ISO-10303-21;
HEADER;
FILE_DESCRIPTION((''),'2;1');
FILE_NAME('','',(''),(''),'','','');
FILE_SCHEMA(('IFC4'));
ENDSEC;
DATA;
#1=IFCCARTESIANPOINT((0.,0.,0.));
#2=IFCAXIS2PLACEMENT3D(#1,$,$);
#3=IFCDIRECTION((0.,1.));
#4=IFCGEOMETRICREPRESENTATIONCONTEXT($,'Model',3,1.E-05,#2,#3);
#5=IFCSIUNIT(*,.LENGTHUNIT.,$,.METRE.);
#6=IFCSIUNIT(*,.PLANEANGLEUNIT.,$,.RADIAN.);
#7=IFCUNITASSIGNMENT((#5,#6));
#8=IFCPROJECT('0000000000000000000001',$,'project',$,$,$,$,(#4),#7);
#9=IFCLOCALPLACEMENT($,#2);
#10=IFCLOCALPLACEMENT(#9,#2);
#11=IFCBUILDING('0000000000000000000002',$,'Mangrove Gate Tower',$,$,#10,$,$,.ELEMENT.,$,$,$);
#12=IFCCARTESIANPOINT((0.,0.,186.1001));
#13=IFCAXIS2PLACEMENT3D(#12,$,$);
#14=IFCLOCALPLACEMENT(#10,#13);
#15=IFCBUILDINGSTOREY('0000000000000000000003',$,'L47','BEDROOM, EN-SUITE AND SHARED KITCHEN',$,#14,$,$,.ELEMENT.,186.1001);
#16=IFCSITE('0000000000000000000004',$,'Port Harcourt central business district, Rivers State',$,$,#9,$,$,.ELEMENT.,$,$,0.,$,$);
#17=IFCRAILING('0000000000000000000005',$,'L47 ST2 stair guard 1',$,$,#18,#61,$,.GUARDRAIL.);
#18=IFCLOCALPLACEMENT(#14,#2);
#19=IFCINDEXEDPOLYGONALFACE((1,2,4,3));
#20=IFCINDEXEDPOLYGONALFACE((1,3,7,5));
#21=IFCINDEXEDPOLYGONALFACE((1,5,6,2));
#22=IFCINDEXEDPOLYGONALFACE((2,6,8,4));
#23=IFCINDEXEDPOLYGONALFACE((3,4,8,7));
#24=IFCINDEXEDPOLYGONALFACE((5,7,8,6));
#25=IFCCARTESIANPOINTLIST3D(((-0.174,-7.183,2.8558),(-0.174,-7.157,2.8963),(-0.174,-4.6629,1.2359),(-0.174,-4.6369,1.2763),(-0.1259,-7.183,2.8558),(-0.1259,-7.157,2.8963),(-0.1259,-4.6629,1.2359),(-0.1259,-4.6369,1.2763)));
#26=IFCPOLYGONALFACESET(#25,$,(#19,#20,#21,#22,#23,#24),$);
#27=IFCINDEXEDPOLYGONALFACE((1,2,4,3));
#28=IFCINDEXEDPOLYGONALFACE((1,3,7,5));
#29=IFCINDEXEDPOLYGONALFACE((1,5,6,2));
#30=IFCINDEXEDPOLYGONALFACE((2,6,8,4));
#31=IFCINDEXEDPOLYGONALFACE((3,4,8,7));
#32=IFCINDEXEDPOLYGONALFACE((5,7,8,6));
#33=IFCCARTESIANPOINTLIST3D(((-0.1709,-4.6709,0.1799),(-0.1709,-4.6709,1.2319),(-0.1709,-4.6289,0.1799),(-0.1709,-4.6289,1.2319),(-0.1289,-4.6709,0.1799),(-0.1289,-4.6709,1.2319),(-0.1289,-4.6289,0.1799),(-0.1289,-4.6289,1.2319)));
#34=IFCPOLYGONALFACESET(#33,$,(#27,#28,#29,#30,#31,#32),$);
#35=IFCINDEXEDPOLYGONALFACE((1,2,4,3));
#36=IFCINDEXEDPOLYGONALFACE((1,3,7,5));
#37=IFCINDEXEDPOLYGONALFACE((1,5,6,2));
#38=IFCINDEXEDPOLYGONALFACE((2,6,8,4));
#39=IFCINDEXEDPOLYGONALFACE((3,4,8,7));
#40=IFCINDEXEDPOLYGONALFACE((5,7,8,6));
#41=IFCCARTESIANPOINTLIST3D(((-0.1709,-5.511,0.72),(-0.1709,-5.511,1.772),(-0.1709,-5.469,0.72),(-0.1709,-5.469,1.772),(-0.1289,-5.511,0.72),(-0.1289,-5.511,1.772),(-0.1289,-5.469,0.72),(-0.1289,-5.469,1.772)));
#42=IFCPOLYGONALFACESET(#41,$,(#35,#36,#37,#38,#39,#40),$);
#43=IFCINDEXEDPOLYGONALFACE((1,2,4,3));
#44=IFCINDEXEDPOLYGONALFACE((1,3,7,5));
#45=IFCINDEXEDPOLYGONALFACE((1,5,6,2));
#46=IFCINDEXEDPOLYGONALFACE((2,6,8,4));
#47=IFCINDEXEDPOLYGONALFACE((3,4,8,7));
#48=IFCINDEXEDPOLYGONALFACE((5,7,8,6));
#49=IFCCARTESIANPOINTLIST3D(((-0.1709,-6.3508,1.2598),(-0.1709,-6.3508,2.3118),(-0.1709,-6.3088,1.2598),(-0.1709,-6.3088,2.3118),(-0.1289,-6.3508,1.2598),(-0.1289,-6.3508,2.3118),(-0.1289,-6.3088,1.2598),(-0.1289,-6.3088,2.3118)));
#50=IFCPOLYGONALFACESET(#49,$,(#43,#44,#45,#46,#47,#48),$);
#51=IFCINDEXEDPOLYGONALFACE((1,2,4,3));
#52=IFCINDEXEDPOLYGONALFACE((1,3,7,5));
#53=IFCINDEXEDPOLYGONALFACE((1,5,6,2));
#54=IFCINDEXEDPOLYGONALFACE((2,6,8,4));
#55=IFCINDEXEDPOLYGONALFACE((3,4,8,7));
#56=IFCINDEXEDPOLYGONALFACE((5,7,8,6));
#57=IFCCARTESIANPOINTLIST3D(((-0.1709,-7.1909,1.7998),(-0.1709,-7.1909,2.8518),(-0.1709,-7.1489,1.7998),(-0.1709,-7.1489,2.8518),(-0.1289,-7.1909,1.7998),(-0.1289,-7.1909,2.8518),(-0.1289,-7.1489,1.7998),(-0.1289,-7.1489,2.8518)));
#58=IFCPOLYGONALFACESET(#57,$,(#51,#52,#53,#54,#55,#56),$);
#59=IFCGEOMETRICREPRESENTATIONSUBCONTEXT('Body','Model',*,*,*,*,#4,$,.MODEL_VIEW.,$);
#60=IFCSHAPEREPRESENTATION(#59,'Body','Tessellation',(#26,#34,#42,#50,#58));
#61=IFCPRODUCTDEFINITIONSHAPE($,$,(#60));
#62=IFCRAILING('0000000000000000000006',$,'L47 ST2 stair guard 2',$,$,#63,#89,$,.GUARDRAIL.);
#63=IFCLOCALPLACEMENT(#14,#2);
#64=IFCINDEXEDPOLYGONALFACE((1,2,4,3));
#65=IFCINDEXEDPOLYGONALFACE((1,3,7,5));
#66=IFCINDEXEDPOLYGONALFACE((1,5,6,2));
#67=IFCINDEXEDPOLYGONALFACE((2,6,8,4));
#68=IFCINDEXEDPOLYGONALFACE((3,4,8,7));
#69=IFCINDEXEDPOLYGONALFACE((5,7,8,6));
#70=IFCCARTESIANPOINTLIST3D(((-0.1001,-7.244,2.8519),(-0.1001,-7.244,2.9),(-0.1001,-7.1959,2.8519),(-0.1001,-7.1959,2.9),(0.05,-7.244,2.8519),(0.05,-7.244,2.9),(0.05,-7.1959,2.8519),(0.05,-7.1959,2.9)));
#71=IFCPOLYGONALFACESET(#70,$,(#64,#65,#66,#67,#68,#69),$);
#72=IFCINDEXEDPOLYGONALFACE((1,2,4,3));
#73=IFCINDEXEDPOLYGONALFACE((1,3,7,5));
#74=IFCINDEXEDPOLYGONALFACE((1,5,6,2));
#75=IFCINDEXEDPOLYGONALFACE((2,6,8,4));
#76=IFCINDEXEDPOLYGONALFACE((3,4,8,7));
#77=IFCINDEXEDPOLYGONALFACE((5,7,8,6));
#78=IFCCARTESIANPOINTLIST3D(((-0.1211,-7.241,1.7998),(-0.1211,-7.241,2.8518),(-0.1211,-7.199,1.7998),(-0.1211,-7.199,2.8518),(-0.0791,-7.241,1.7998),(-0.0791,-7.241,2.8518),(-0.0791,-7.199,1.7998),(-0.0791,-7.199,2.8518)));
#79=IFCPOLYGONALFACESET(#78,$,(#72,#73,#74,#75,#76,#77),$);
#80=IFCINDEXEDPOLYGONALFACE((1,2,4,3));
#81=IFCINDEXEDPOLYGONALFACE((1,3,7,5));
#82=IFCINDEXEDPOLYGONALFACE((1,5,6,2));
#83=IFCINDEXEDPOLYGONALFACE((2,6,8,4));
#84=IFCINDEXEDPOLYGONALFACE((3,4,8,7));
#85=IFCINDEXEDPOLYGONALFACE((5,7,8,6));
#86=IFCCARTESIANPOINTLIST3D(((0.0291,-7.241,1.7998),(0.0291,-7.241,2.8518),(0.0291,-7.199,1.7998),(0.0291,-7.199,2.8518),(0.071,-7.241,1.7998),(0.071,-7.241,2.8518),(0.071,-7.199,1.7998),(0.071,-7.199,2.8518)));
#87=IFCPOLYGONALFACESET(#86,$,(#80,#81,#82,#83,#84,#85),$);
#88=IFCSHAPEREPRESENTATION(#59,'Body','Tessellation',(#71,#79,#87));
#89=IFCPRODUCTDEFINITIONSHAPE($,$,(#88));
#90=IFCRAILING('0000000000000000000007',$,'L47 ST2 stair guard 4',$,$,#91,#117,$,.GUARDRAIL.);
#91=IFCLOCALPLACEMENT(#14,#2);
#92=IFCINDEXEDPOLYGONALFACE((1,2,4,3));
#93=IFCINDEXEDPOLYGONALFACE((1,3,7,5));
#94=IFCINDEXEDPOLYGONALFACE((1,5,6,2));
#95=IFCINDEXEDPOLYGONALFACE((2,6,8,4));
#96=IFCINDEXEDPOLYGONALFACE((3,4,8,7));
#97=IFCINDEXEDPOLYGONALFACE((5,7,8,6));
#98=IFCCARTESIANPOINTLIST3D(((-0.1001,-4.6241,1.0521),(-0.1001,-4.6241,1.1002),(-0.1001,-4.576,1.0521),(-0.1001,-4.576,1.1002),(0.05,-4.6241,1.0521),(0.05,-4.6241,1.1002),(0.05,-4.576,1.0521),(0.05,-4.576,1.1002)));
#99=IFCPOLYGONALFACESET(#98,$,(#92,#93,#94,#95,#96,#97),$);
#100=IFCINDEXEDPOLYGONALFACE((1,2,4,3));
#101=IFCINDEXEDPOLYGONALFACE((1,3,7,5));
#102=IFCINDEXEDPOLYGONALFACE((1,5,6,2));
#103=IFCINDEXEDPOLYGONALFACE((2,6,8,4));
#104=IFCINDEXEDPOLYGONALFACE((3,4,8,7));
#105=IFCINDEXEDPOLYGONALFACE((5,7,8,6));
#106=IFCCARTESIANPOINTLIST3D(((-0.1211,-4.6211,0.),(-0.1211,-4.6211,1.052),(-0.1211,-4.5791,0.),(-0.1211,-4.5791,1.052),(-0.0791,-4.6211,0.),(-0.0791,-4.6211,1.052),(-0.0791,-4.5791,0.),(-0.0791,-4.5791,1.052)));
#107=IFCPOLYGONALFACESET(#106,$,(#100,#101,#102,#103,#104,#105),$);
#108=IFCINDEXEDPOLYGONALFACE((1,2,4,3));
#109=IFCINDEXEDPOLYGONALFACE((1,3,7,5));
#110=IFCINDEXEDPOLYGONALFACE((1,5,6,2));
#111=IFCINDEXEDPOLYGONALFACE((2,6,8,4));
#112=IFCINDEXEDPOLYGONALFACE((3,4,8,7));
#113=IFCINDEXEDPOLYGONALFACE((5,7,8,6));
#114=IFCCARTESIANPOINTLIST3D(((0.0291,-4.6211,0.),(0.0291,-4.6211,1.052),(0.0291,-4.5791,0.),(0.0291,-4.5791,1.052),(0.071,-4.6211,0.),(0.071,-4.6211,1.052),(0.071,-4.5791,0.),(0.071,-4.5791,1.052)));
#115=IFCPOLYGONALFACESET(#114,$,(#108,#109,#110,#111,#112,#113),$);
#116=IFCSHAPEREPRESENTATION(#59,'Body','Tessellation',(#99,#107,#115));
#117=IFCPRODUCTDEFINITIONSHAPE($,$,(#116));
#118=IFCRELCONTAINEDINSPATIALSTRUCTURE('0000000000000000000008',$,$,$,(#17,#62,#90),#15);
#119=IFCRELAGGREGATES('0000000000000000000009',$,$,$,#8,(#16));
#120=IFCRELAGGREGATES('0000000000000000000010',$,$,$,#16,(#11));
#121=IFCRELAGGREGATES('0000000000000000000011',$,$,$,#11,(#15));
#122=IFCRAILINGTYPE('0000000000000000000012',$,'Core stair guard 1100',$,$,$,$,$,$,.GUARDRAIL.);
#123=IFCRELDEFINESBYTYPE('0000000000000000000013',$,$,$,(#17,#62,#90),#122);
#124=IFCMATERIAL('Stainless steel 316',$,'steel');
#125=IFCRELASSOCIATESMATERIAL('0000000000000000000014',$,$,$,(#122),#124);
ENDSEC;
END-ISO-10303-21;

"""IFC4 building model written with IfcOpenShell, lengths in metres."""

from ifc_helpers import new_model, si_unit, direction, frame, origin, origin_2d, place, context, subcontext, project, spatial, rectangle, extrude, material, type_object, element, save


model = new_model("IFC4")

# Units and contexts
model_context = context("Model", 3, precision=1e-05, world=origin(), true_north=direction((0.0, 1.0)))
body_context = subcontext(model_context, "Body", "Model", "MODEL_VIEW")
ifc_project = project(units=[si_unit("LENGTHUNIT", "METRE"), si_unit("PLANEANGLEUNIT", "RADIAN")], contexts=[model_context])

# Site, building, storey
site_placement = place(None, origin())
site = spatial("IfcSite", under=ifc_project, at=site_placement, Name="Port Harcourt central business district, Rivers State", CompositionType="ELEMENT", RefElevation=0.0)
building_placement = place(site_placement, origin())
building = spatial("IfcBuilding", under=site, at=building_placement, Name="Mangrove Gate Tower", CompositionType="ELEMENT")
storey_placement = place(building_placement, frame((0.0, 0.0, 186.1001)))
storey = spatial("IfcBuildingStorey", under=building, at=storey_placement, Name="L47", Description="BEDROOM, EN-SUITE AND SHARED KITCHEN", CompositionType="ELEMENT", Elevation=186.1001)

# Railings
ifc_material_1 = material(Name="Stainless steel 316", Category="steel")
railing_type_1 = type_object("IfcRailingType", Name="Core stair guard 1100", PredefinedType="GUARDRAIL", material=ifc_material_1)
railing_1_placement = place(storey_placement, frame((-0.1499, -4.6499, 0.1799)))
element("IfcRailing", 1, at=railing_1_placement, inside=storey, type_object=railing_type_1, Name="L47 ST2 stair guard 1", PredefinedType="GUARDRAIL", context=body_context, shape_type="SweptSolid", body=[
    extrude(rectangle(XDim=0.0481, YDim=0.0481, at=origin_2d()), frame((0.0, 0.0, 1.0762), z_axis=(0.0, -0.8412, 0.540725), x_axis=(1.0, 0.0, 0.0)), (0.0, 0.0, 1.0), 2.9958),
    extrude(rectangle(XDim=0.042, YDim=0.042, at=origin_2d()), origin(), (0.0, 0.0, 1.0), 1.052),
    extrude(rectangle(XDim=0.042, YDim=0.042, at=origin_2d()), frame((0.0, -0.8401, 0.54)), (0.0, 0.0, 1.0), 1.052),
    extrude(rectangle(XDim=0.042, YDim=0.042, at=origin_2d()), frame((0.0, -1.6799, 1.0798)), (0.0, 0.0, 1.0), 1.052),
    extrude(rectangle(XDim=0.042, YDim=0.042, at=origin_2d()), frame((0.0, -2.52, 1.6199)), (0.0, 0.0, 1.0), 1.052),
])
for number, where, name in (
    (2, (-0.1001, -7.22, 1.7998), "L47 ST2 stair guard 2"),
    (3, (-0.1001, -4.6001, 0.0), "L47 ST2 stair guard 4"),
):
    element("IfcRailing", number, at=place(storey_placement, frame(where)), inside=storey, type_object=railing_type_1, Name=name, PredefinedType="GUARDRAIL", context=body_context, shape_type="SweptSolid", body=[
        extrude(rectangle(XDim=0.0481, YDim=0.0481, at=origin_2d()), frame((0.0, 0.0, 1.0762), z_axis=(1.0, 0.0, 0.0), x_axis=(0.0, 1.0, 0.0)), (0.0, 0.0, 1.0), 0.1501),
        extrude(rectangle(XDim=0.042, YDim=0.042, at=origin_2d()), origin(), (0.0, 0.0, 1.0), 1.052),
        extrude(rectangle(XDim=0.042, YDim=0.042, at=origin_2d()), frame((0.1501, 0.0, 0.0)), (0.0, 0.0, 1.0), 1.052),
    ])

save(model, "model.ifc")
